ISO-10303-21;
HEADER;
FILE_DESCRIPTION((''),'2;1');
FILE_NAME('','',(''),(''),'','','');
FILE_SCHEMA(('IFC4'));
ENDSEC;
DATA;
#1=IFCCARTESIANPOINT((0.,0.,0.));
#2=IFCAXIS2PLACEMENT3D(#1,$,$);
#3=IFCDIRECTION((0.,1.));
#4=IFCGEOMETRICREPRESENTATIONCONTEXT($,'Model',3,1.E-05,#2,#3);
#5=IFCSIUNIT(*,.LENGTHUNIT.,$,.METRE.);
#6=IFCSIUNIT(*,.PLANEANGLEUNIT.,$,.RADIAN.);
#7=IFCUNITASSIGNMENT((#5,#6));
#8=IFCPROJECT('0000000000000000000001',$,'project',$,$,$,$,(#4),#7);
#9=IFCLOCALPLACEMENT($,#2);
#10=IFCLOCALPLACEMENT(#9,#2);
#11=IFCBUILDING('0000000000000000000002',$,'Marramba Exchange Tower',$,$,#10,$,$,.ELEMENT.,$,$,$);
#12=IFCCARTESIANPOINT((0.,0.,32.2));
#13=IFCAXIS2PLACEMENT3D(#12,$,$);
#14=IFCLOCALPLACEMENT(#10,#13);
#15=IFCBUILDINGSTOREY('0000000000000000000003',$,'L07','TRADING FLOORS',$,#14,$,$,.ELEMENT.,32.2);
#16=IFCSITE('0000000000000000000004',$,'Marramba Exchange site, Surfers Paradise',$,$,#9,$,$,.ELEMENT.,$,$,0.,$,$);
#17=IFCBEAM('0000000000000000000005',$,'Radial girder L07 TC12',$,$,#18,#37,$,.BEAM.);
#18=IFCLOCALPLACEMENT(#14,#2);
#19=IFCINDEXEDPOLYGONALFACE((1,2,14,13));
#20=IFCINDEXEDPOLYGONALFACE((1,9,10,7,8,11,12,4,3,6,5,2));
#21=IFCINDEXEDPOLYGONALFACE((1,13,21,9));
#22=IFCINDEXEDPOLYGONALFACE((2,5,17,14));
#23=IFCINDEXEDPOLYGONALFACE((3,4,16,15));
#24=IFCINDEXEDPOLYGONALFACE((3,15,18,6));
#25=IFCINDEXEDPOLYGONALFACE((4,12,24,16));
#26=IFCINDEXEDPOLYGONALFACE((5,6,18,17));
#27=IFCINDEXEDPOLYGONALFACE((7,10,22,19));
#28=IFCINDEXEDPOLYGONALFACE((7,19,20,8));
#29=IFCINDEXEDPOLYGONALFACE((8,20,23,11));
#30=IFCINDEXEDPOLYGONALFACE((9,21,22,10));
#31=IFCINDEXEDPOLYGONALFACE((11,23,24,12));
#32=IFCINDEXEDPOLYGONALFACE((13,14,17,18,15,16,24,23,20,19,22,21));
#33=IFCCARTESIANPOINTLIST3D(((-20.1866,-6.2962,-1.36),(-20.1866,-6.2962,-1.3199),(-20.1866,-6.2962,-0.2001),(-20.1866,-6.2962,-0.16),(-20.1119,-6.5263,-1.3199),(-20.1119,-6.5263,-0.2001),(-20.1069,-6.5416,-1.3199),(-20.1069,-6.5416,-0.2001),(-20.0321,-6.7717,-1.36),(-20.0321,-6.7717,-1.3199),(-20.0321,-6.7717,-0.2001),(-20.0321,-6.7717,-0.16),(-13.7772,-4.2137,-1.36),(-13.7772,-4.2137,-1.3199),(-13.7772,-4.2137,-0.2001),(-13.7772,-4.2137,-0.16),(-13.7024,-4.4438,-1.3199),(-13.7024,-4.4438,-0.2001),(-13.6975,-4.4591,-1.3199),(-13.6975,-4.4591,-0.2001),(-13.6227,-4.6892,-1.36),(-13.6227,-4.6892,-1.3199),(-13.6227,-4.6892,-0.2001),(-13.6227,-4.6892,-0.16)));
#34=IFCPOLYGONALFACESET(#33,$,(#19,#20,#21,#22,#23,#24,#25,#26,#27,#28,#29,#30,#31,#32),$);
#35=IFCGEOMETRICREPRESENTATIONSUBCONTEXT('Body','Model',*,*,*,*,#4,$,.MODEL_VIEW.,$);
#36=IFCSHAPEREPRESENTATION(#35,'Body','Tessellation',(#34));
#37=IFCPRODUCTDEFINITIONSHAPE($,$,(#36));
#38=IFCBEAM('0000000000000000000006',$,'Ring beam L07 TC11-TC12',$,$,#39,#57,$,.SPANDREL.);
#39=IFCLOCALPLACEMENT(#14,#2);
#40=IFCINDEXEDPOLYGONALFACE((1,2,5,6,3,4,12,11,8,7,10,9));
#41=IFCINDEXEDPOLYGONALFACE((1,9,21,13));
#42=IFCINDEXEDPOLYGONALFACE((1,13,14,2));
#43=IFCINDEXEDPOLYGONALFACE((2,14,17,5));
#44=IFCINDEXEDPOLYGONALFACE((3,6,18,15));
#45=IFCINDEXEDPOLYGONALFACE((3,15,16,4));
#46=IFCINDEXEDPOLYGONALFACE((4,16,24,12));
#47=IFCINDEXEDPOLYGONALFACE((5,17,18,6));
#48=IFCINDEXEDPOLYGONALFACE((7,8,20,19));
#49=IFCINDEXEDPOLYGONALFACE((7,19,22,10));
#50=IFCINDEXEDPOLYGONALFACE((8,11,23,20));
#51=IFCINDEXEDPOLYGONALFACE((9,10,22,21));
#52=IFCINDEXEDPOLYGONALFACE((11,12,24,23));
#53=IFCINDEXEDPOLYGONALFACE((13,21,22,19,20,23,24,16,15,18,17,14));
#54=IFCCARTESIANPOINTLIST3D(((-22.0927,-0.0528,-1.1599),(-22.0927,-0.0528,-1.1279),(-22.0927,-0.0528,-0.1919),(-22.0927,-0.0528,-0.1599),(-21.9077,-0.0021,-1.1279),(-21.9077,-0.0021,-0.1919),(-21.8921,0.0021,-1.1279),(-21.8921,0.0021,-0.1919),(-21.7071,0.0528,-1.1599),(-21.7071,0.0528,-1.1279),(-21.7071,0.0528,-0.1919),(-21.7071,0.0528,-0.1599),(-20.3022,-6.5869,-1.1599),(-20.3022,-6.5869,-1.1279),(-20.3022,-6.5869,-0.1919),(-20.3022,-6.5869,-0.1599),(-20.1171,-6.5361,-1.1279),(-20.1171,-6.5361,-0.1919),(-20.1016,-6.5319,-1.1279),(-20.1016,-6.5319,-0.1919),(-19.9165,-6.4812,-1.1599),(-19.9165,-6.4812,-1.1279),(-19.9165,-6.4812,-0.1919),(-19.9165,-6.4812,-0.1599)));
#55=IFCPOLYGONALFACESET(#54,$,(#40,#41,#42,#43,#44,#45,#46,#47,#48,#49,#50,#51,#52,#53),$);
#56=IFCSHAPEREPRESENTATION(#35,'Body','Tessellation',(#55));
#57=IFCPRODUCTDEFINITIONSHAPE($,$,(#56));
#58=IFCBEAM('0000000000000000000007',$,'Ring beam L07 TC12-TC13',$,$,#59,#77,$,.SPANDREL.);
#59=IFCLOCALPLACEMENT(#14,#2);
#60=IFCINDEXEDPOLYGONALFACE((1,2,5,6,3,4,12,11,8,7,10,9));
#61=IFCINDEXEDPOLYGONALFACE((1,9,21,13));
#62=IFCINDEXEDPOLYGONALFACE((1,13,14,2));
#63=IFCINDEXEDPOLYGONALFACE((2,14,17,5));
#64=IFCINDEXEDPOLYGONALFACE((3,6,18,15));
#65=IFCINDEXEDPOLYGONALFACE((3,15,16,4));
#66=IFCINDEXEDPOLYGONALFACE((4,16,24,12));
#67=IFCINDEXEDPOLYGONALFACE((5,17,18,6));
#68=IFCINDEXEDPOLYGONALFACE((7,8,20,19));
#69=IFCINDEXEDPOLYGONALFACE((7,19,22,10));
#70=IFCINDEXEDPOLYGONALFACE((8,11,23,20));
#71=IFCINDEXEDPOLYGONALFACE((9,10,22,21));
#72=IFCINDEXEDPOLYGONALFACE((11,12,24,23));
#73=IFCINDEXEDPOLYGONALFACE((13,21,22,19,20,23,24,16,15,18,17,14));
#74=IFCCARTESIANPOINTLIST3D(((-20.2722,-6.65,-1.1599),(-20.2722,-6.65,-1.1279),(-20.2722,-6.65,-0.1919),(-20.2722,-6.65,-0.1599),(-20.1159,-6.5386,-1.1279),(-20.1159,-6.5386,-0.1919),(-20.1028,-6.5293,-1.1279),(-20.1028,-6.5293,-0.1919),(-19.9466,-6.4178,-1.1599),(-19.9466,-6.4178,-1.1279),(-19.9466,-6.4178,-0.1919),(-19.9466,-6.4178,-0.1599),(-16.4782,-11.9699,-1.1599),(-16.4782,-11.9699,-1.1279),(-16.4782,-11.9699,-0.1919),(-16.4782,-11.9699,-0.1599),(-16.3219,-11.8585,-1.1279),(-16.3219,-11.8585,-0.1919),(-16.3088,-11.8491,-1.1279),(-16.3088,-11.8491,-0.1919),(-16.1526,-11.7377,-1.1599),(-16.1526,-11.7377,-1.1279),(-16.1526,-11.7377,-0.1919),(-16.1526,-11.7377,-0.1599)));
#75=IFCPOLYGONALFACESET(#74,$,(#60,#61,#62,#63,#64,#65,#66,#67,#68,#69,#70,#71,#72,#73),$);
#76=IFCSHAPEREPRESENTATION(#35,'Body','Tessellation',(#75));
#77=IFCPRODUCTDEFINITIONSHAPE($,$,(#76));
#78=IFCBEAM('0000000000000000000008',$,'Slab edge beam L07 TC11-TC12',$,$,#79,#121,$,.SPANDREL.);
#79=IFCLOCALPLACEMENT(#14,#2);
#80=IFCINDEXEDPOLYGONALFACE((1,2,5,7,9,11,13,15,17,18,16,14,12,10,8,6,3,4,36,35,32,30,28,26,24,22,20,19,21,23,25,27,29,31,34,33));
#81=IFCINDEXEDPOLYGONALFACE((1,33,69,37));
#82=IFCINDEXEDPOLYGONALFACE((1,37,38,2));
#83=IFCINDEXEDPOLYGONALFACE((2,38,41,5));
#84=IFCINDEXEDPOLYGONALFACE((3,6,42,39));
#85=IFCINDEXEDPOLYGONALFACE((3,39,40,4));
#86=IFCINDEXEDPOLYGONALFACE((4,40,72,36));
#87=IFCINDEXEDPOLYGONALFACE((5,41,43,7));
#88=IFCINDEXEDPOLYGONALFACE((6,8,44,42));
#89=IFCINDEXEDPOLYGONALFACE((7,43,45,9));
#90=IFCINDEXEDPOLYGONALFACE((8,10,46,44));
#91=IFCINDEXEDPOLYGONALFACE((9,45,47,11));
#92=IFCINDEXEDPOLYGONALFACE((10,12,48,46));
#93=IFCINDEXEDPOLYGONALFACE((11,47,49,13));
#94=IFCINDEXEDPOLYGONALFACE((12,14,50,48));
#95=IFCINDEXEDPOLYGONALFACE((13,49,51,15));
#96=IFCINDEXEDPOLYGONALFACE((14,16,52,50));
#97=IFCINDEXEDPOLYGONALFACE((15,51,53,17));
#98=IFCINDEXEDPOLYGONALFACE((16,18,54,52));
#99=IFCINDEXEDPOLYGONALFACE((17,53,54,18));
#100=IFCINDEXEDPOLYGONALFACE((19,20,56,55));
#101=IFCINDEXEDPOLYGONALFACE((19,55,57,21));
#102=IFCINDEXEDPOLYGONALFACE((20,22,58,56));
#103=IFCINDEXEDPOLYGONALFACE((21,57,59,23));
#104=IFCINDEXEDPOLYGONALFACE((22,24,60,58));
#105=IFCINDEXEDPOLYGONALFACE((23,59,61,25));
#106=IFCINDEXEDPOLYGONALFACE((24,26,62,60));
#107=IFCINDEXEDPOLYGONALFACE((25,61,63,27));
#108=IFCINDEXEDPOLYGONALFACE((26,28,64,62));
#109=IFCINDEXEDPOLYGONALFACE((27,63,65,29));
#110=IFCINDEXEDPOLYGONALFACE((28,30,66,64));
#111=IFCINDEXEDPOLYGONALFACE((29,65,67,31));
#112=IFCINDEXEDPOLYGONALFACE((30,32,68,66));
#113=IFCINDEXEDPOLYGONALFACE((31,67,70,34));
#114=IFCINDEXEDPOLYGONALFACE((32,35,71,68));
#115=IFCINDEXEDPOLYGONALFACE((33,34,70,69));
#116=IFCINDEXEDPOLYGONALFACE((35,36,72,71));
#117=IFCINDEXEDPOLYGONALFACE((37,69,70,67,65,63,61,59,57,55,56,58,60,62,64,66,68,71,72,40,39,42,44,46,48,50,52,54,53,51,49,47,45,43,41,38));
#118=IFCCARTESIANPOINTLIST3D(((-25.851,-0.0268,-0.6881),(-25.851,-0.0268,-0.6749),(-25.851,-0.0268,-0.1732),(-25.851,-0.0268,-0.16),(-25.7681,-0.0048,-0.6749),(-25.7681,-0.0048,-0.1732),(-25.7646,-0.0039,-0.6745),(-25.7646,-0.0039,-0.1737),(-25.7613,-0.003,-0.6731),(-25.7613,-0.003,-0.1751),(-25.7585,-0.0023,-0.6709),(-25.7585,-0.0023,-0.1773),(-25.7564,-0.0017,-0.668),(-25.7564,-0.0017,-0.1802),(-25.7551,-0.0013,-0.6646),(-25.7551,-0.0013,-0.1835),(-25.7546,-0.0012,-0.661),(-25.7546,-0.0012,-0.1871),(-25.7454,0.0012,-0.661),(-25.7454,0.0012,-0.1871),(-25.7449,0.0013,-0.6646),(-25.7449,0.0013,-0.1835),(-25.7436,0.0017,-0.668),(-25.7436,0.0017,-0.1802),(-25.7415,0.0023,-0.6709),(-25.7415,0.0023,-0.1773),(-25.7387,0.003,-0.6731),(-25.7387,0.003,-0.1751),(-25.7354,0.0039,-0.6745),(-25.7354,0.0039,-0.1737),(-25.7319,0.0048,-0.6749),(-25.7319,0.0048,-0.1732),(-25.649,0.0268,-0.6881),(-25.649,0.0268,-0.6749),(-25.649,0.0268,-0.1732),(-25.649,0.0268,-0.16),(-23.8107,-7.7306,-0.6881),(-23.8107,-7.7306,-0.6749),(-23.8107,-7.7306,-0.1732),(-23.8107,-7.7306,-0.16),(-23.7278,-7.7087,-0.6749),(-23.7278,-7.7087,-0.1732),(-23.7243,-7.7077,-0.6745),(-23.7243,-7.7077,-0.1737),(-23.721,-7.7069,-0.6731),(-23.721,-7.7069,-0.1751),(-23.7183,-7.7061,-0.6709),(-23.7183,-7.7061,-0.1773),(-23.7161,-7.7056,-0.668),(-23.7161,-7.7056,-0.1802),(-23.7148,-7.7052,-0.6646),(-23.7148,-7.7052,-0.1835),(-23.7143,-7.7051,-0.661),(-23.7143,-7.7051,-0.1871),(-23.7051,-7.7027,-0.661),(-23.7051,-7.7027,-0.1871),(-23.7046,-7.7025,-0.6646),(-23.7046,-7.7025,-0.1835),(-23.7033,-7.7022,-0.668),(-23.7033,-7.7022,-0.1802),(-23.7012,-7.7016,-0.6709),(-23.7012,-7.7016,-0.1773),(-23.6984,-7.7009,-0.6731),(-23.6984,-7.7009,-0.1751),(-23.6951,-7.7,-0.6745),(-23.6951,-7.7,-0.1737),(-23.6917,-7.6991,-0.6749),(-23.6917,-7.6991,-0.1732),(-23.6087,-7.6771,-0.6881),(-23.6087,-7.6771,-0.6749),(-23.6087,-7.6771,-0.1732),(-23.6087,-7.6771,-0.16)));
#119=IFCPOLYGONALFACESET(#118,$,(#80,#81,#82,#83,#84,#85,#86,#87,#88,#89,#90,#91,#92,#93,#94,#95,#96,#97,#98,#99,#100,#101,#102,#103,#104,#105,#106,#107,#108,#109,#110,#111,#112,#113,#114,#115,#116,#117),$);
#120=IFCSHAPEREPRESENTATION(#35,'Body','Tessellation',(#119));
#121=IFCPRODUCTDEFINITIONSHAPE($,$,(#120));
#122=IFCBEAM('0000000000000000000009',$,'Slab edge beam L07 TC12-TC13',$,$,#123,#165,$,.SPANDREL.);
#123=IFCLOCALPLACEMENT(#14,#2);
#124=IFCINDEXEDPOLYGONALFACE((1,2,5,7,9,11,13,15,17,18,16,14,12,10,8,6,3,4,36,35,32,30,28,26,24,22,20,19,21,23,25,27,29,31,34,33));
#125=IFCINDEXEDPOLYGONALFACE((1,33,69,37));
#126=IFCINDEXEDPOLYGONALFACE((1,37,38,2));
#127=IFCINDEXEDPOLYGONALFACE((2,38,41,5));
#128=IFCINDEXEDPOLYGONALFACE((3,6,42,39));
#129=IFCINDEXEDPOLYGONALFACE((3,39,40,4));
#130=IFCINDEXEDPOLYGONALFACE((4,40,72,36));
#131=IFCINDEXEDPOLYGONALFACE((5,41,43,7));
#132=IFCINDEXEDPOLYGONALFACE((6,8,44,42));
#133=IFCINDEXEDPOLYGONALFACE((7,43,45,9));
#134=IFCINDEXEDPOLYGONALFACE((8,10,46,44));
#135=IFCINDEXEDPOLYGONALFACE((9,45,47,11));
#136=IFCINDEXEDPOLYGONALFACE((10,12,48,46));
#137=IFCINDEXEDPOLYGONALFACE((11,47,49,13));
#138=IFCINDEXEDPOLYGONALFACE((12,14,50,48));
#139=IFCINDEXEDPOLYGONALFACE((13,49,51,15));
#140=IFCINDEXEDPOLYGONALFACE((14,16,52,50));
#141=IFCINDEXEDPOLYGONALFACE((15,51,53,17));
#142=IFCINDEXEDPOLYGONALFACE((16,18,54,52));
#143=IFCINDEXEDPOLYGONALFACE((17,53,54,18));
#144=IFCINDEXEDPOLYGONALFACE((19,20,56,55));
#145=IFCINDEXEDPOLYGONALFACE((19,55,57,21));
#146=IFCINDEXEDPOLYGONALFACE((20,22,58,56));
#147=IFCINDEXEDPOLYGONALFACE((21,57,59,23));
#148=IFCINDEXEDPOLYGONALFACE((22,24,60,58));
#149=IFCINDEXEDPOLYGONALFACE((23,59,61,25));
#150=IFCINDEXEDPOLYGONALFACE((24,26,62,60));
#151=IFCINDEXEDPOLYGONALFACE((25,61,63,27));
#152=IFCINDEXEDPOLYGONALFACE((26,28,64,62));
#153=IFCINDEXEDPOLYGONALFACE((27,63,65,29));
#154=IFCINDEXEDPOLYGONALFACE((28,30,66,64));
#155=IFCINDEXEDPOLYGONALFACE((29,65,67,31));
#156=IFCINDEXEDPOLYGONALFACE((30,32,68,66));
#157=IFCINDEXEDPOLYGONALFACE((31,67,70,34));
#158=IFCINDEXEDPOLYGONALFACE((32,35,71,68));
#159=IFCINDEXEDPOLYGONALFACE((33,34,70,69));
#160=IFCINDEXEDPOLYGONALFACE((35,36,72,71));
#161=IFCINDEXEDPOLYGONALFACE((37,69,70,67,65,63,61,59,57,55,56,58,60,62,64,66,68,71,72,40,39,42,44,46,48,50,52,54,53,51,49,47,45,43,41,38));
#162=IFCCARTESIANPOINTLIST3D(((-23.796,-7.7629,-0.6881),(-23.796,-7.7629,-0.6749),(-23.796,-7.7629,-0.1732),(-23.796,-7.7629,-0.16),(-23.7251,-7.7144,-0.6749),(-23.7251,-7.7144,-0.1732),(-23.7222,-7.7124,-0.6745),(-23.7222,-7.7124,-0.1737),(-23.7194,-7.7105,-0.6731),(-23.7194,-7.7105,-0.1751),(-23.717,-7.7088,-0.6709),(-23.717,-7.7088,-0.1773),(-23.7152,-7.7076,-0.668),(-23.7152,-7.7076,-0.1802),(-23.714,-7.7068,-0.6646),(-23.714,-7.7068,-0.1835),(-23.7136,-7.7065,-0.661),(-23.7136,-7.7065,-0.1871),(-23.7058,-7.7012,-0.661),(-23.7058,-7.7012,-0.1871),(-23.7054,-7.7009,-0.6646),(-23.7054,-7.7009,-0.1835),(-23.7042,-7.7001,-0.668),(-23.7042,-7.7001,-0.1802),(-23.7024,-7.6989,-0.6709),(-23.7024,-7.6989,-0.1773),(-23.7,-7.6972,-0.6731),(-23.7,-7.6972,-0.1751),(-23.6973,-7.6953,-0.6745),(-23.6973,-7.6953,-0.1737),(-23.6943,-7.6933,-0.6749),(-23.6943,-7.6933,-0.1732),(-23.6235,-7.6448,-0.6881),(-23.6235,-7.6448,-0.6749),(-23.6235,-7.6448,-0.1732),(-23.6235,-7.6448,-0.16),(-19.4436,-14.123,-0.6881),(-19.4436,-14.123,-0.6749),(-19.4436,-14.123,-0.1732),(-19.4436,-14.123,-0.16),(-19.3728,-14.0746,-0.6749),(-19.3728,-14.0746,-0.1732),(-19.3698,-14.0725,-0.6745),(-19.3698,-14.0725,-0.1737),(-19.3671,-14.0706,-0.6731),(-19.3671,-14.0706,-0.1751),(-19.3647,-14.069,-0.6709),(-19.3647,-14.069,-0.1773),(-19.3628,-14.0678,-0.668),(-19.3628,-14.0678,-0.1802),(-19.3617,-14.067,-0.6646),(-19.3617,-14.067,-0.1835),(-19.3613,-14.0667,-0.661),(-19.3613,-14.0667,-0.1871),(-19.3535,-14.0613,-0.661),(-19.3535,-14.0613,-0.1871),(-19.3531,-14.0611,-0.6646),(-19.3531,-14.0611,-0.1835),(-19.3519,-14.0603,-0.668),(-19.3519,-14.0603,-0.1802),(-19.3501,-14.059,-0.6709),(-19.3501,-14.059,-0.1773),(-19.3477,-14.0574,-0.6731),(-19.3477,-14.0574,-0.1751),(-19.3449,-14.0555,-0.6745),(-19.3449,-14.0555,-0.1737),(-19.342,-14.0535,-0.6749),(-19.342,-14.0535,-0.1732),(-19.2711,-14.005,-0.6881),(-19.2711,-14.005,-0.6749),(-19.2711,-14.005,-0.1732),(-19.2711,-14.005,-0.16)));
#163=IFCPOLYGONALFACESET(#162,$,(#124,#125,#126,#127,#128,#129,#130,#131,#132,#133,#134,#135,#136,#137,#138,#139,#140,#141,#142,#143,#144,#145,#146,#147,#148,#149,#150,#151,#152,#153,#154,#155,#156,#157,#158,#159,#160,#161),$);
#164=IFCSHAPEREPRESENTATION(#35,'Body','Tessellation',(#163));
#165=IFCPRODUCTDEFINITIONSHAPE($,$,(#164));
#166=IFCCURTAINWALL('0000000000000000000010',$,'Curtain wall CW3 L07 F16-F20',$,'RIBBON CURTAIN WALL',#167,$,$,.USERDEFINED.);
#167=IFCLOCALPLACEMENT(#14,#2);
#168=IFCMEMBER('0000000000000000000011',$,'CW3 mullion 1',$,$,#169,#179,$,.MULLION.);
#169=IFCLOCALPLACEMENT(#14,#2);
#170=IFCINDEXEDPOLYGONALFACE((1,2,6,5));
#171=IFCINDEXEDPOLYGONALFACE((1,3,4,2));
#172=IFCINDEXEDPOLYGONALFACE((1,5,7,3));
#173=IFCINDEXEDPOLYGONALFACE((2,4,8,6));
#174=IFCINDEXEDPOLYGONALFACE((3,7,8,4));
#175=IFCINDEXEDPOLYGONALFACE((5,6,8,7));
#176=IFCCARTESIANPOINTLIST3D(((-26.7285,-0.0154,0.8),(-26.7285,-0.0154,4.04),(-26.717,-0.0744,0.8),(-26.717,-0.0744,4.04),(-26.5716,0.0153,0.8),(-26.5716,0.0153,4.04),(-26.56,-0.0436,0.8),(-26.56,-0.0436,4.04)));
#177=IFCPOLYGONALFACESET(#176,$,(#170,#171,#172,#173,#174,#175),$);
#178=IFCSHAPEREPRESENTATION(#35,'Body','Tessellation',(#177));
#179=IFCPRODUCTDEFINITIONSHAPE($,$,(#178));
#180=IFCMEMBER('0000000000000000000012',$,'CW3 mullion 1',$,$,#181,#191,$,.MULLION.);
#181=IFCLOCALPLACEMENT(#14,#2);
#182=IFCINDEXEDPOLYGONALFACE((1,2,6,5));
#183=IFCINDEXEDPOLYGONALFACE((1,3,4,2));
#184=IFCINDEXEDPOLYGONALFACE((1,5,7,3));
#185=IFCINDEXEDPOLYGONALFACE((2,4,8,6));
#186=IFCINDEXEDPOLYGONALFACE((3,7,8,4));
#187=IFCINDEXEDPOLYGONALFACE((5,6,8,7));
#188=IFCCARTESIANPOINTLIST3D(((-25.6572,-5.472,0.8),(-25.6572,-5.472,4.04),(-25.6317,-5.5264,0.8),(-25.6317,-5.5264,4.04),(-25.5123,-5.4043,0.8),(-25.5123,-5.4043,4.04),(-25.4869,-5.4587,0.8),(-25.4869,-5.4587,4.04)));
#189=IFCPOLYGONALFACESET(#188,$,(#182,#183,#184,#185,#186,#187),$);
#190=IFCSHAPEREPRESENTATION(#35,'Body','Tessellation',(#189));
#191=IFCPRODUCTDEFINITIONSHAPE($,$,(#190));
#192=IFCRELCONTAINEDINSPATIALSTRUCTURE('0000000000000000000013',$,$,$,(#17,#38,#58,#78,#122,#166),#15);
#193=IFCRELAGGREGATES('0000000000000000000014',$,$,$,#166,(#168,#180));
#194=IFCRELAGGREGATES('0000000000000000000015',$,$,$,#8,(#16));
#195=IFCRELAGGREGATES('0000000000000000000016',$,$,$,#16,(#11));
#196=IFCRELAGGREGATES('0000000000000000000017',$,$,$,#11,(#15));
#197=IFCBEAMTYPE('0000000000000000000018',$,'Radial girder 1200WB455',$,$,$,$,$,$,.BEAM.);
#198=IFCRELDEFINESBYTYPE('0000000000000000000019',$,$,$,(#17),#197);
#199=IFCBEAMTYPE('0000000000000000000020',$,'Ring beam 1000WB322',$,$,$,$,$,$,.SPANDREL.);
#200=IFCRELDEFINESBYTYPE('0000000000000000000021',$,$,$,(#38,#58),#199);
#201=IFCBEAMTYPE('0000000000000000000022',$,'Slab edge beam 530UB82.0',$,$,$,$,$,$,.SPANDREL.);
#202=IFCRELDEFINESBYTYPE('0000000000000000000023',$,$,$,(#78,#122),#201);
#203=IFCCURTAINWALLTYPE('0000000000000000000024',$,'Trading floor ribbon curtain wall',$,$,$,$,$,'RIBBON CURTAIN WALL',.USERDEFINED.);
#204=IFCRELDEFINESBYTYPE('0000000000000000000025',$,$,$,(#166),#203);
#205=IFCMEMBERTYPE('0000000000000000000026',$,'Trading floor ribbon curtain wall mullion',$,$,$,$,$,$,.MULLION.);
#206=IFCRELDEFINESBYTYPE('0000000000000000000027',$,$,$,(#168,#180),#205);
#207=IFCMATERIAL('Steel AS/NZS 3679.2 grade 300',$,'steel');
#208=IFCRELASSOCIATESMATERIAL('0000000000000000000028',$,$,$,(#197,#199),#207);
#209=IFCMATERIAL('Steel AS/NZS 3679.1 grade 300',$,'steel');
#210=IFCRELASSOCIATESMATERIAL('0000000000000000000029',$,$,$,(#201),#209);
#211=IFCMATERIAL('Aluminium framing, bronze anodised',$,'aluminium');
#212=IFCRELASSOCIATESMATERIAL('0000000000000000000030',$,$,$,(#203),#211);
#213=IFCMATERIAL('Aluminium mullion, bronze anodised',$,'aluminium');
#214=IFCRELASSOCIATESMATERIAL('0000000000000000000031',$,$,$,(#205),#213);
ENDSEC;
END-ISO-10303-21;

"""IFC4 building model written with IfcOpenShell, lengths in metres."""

from ifc_helpers import new_model, si_unit, direction, frame, origin, origin_2d, place, context, subcontext, project, spatial, rectangle, i_section, extrude, material, material_profile, profile_set, type_object, element, aggregate, save


model = new_model("IFC4")

# Units and contexts
model_context = context("Model", 3, precision=1e-05, world=origin(), true_north=direction((0.0, 1.0)))
body_context = subcontext(model_context, "Body", "Model", "MODEL_VIEW")
ifc_project = project(units=[si_unit("LENGTHUNIT", "METRE"), si_unit("PLANEANGLEUNIT", "RADIAN")], contexts=[model_context])

# Site, building, storey
site_placement = place(None, origin())
site = spatial("IfcSite", under=ifc_project, at=site_placement, Name="Marramba Exchange site, Surfers Paradise", CompositionType="ELEMENT", RefElevation=0.0)
building_placement = place(site_placement, origin())
building = spatial("IfcBuilding", under=site, at=building_placement, Name="Marramba Exchange Tower", CompositionType="ELEMENT")
storey_placement = place(building_placement, frame((0.0, 0.0, 32.2)))
storey = spatial("IfcBuildingStorey", under=building, at=storey_placement, Name="L07", Description="TRADING FLOORS", CompositionType="ELEMENT", Elevation=32.2)

# Beams
ifc_material_1 = material(Name="Steel AS/NZS 3679.2 grade 300", Category="steel")
ifc_material_2 = material(Name="Steel AS/NZS 3679.1 grade 300", Category="steel")
ifc_material_profile_1 = material_profile(ifc_material_1, i_section(OverallWidth=0.5, OverallDepth=1.2, WebThickness=0.0161, FlangeThickness=0.04, at=origin_2d()), Name="1200WB455")
ifc_profile_set_1 = profile_set([ifc_material_profile_1], Name="Steel AS/NZS 3679.2 grade 300")
beam_type_1 = type_object("IfcBeamType", Name="Radial girder 1200WB455", PredefinedType="BEAM", material=ifc_profile_set_1)
beam_1_placement = place(storey_placement, frame((-13.7, -4.4514, -0.76), z_axis=(-0.951058, -0.309013, 0.0), x_axis=(0.309013, -0.951058, 0.0)))
element("IfcBeam", 1, at=beam_1_placement, inside=storey, type_object=beam_type_1, Name="Radial girder L07 TC12", PredefinedType="BEAM", context=body_context, shape_type="SweptSolid", body=[
    extrude(i_section(OverallWidth=0.5, OverallDepth=1.2, WebThickness=0.0161, FlangeThickness=0.04, at=origin_2d()), origin(), (0.0, 0.0, 1.0), 6.7393),
])
ifc_material_profile_2 = material_profile(ifc_material_1, i_section(OverallWidth=0.3999, OverallDepth=1.0, WebThickness=0.0161, FlangeThickness=0.032, at=origin_2d()), Name="1000WB322")
ifc_profile_set_2 = profile_set([ifc_material_profile_2], Name="Steel AS/NZS 3679.2 grade 300")
beam_type_2 = type_object("IfcBeamType", Name="Ring beam 1000WB322", PredefinedType="SPANDREL", material=ifc_profile_set_2)
beam_2_placement = place(storey_placement, frame((-21.8999, 0.0, -0.6599), z_axis=(0.264291, -0.964443, 0.0), x_axis=(0.964443, 0.264291, 0.0)))
element("IfcBeam", 2, at=beam_2_placement, inside=storey, type_object=beam_type_2, Name="Ring beam L07 TC11-TC12", PredefinedType="SPANDREL", context=body_context, shape_type="SweptSolid", body=[
    extrude(i_section(OverallWidth=0.3999, OverallDepth=1.0, WebThickness=0.0161, FlangeThickness=0.032, at=origin_2d()), origin(), (0.0, 0.0, 1.0), 6.7749),
])
beam_3_placement = place(storey_placement, frame((-20.1094, -6.5339, -0.6599), z_axis=(0.580637, -0.814162, 0.0), x_axis=(0.814162, 0.580637, 0.0)))
element("IfcBeam", 3, at=beam_3_placement, inside=storey, type_object=beam_type_2, Name="Ring beam L07 TC12-TC13", PredefinedType="SPANDREL", context=body_context, shape_type="SweptSolid", body=[
    extrude(i_section(OverallWidth=0.3999, OverallDepth=1.0, WebThickness=0.0161, FlangeThickness=0.032, at=origin_2d()), origin(), (0.0, 0.0, 1.0), 6.5342),
])
ifc_material_profile_3 = material_profile(ifc_material_2, i_section(OverallWidth=0.209, OverallDepth=0.5281, WebThickness=0.0095, FlangeThickness=0.0132, FilletRadius=0.0139, at=origin_2d()), Name="530UB82.0")
ifc_profile_set_3 = profile_set([ifc_material_profile_3], Name="Steel AS/NZS 3679.1 grade 300")
beam_type_3 = type_object("IfcBeamType", Name="Slab edge beam 530UB82.0", PredefinedType="SPANDREL", material=ifc_profile_set_3)
beam_4_placement = place(storey_placement, frame((-25.75, 0.0, -0.4241), z_axis=(0.256013, -0.966673, 0.0), x_axis=(0.966673, 0.256013, 0.0)))
element("IfcBeam", 4, at=beam_4_placement, inside=storey, type_object=beam_type_3, Name="Slab edge beam L07 TC11-TC12", PredefinedType="SPANDREL", context=body_context, shape_type="SweptSolid", body=[
    extrude(i_section(OverallWidth=0.209, OverallDepth=0.5281, WebThickness=0.0095, FlangeThickness=0.0132, FilletRadius=0.0139, at=origin_2d()), origin(), (0.0, 0.0, 1.0), 7.9695),
])
beam_5_placement = place(storey_placement, frame((-23.7097, -7.7039, -0.4241), z_axis=(0.564741, -0.825268, 0.0), x_axis=(0.825268, 0.564741, 0.0)))
element("IfcBeam", 5, at=beam_5_placement, inside=storey, type_object=beam_type_3, Name="Slab edge beam L07 TC12-TC13", PredefinedType="SPANDREL", context=body_context, shape_type="SweptSolid", body=[
    extrude(i_section(OverallWidth=0.209, OverallDepth=0.5281, WebThickness=0.0095, FlangeThickness=0.0132, FilletRadius=0.0139, at=origin_2d()), origin(), (0.0, 0.0, 1.0), 7.7068),
])

# Curtain wall, members
ifc_material_3 = material(Name="Aluminium framing, bronze anodised", Category="aluminium")
curtain_wall_type = type_object("IfcCurtainWallType", Name="Trading floor ribbon curtain wall", ElementType="RIBBON CURTAIN WALL", PredefinedType="USERDEFINED", material=ifc_material_3)
curtain_wall_placement = place(storey_placement, origin())
curtain_wall = element("IfcCurtainWall", 6, at=curtain_wall_placement, inside=storey, type_object=curtain_wall_type, Name="Curtain wall CW3 L07 F16-F20", ObjectType="RIBBON CURTAIN WALL", PredefinedType="USERDEFINED")
ifc_material_4 = material(Name="Aluminium mullion, bronze anodised", Category="aluminium")
ifc_material_profile_4 = material_profile(ifc_material_4, rectangle(XDim=0.1599, YDim=0.0601, at=origin_2d()), Name="CW3 mullion 60x160")
ifc_profile_set_4 = profile_set([ifc_material_profile_4], Name="Aluminium mullion, bronze anodised")
member_type_1 = type_object("IfcMemberType", Name="Trading floor ribbon curtain wall mullion", PredefinedType="MULLION", material=ifc_profile_set_4)
member_1_placement = place(storey_placement, frame((-26.6443, -0.0295, 0.8), z_axis=(0.0, 0.0, 1.0), x_axis=(0.981346, 0.192249, 0.0)))
member_1 = element("IfcMember", 7, at=member_1_placement, type_object=member_type_1, Name="CW3 mullion 1", PredefinedType="MULLION", context=body_context, shape_type="SweptSolid", body=[
    extrude(rectangle(XDim=0.1599, YDim=0.0601, at=origin_2d()), origin(), (0.0, 0.0, 1.0), 3.24),
])
member_2_placement = place(storey_placement, frame((-25.572, -5.4653, 0.8), z_axis=(0.0, 0.0, 1.0), x_axis=(0.905907, 0.423477, 0.0)))
member_2 = element("IfcMember", 8, at=member_2_placement, type_object=member_type_1, Name="CW3 mullion 1", PredefinedType="MULLION", context=body_context, shape_type="SweptSolid", body=[
    extrude(rectangle(XDim=0.1599, YDim=0.0601, at=origin_2d()), origin(), (0.0, 0.0, 1.0), 3.24),
])
aggregate(curtain_wall, [member_1, member_2])

save(model, "model.ifc")
